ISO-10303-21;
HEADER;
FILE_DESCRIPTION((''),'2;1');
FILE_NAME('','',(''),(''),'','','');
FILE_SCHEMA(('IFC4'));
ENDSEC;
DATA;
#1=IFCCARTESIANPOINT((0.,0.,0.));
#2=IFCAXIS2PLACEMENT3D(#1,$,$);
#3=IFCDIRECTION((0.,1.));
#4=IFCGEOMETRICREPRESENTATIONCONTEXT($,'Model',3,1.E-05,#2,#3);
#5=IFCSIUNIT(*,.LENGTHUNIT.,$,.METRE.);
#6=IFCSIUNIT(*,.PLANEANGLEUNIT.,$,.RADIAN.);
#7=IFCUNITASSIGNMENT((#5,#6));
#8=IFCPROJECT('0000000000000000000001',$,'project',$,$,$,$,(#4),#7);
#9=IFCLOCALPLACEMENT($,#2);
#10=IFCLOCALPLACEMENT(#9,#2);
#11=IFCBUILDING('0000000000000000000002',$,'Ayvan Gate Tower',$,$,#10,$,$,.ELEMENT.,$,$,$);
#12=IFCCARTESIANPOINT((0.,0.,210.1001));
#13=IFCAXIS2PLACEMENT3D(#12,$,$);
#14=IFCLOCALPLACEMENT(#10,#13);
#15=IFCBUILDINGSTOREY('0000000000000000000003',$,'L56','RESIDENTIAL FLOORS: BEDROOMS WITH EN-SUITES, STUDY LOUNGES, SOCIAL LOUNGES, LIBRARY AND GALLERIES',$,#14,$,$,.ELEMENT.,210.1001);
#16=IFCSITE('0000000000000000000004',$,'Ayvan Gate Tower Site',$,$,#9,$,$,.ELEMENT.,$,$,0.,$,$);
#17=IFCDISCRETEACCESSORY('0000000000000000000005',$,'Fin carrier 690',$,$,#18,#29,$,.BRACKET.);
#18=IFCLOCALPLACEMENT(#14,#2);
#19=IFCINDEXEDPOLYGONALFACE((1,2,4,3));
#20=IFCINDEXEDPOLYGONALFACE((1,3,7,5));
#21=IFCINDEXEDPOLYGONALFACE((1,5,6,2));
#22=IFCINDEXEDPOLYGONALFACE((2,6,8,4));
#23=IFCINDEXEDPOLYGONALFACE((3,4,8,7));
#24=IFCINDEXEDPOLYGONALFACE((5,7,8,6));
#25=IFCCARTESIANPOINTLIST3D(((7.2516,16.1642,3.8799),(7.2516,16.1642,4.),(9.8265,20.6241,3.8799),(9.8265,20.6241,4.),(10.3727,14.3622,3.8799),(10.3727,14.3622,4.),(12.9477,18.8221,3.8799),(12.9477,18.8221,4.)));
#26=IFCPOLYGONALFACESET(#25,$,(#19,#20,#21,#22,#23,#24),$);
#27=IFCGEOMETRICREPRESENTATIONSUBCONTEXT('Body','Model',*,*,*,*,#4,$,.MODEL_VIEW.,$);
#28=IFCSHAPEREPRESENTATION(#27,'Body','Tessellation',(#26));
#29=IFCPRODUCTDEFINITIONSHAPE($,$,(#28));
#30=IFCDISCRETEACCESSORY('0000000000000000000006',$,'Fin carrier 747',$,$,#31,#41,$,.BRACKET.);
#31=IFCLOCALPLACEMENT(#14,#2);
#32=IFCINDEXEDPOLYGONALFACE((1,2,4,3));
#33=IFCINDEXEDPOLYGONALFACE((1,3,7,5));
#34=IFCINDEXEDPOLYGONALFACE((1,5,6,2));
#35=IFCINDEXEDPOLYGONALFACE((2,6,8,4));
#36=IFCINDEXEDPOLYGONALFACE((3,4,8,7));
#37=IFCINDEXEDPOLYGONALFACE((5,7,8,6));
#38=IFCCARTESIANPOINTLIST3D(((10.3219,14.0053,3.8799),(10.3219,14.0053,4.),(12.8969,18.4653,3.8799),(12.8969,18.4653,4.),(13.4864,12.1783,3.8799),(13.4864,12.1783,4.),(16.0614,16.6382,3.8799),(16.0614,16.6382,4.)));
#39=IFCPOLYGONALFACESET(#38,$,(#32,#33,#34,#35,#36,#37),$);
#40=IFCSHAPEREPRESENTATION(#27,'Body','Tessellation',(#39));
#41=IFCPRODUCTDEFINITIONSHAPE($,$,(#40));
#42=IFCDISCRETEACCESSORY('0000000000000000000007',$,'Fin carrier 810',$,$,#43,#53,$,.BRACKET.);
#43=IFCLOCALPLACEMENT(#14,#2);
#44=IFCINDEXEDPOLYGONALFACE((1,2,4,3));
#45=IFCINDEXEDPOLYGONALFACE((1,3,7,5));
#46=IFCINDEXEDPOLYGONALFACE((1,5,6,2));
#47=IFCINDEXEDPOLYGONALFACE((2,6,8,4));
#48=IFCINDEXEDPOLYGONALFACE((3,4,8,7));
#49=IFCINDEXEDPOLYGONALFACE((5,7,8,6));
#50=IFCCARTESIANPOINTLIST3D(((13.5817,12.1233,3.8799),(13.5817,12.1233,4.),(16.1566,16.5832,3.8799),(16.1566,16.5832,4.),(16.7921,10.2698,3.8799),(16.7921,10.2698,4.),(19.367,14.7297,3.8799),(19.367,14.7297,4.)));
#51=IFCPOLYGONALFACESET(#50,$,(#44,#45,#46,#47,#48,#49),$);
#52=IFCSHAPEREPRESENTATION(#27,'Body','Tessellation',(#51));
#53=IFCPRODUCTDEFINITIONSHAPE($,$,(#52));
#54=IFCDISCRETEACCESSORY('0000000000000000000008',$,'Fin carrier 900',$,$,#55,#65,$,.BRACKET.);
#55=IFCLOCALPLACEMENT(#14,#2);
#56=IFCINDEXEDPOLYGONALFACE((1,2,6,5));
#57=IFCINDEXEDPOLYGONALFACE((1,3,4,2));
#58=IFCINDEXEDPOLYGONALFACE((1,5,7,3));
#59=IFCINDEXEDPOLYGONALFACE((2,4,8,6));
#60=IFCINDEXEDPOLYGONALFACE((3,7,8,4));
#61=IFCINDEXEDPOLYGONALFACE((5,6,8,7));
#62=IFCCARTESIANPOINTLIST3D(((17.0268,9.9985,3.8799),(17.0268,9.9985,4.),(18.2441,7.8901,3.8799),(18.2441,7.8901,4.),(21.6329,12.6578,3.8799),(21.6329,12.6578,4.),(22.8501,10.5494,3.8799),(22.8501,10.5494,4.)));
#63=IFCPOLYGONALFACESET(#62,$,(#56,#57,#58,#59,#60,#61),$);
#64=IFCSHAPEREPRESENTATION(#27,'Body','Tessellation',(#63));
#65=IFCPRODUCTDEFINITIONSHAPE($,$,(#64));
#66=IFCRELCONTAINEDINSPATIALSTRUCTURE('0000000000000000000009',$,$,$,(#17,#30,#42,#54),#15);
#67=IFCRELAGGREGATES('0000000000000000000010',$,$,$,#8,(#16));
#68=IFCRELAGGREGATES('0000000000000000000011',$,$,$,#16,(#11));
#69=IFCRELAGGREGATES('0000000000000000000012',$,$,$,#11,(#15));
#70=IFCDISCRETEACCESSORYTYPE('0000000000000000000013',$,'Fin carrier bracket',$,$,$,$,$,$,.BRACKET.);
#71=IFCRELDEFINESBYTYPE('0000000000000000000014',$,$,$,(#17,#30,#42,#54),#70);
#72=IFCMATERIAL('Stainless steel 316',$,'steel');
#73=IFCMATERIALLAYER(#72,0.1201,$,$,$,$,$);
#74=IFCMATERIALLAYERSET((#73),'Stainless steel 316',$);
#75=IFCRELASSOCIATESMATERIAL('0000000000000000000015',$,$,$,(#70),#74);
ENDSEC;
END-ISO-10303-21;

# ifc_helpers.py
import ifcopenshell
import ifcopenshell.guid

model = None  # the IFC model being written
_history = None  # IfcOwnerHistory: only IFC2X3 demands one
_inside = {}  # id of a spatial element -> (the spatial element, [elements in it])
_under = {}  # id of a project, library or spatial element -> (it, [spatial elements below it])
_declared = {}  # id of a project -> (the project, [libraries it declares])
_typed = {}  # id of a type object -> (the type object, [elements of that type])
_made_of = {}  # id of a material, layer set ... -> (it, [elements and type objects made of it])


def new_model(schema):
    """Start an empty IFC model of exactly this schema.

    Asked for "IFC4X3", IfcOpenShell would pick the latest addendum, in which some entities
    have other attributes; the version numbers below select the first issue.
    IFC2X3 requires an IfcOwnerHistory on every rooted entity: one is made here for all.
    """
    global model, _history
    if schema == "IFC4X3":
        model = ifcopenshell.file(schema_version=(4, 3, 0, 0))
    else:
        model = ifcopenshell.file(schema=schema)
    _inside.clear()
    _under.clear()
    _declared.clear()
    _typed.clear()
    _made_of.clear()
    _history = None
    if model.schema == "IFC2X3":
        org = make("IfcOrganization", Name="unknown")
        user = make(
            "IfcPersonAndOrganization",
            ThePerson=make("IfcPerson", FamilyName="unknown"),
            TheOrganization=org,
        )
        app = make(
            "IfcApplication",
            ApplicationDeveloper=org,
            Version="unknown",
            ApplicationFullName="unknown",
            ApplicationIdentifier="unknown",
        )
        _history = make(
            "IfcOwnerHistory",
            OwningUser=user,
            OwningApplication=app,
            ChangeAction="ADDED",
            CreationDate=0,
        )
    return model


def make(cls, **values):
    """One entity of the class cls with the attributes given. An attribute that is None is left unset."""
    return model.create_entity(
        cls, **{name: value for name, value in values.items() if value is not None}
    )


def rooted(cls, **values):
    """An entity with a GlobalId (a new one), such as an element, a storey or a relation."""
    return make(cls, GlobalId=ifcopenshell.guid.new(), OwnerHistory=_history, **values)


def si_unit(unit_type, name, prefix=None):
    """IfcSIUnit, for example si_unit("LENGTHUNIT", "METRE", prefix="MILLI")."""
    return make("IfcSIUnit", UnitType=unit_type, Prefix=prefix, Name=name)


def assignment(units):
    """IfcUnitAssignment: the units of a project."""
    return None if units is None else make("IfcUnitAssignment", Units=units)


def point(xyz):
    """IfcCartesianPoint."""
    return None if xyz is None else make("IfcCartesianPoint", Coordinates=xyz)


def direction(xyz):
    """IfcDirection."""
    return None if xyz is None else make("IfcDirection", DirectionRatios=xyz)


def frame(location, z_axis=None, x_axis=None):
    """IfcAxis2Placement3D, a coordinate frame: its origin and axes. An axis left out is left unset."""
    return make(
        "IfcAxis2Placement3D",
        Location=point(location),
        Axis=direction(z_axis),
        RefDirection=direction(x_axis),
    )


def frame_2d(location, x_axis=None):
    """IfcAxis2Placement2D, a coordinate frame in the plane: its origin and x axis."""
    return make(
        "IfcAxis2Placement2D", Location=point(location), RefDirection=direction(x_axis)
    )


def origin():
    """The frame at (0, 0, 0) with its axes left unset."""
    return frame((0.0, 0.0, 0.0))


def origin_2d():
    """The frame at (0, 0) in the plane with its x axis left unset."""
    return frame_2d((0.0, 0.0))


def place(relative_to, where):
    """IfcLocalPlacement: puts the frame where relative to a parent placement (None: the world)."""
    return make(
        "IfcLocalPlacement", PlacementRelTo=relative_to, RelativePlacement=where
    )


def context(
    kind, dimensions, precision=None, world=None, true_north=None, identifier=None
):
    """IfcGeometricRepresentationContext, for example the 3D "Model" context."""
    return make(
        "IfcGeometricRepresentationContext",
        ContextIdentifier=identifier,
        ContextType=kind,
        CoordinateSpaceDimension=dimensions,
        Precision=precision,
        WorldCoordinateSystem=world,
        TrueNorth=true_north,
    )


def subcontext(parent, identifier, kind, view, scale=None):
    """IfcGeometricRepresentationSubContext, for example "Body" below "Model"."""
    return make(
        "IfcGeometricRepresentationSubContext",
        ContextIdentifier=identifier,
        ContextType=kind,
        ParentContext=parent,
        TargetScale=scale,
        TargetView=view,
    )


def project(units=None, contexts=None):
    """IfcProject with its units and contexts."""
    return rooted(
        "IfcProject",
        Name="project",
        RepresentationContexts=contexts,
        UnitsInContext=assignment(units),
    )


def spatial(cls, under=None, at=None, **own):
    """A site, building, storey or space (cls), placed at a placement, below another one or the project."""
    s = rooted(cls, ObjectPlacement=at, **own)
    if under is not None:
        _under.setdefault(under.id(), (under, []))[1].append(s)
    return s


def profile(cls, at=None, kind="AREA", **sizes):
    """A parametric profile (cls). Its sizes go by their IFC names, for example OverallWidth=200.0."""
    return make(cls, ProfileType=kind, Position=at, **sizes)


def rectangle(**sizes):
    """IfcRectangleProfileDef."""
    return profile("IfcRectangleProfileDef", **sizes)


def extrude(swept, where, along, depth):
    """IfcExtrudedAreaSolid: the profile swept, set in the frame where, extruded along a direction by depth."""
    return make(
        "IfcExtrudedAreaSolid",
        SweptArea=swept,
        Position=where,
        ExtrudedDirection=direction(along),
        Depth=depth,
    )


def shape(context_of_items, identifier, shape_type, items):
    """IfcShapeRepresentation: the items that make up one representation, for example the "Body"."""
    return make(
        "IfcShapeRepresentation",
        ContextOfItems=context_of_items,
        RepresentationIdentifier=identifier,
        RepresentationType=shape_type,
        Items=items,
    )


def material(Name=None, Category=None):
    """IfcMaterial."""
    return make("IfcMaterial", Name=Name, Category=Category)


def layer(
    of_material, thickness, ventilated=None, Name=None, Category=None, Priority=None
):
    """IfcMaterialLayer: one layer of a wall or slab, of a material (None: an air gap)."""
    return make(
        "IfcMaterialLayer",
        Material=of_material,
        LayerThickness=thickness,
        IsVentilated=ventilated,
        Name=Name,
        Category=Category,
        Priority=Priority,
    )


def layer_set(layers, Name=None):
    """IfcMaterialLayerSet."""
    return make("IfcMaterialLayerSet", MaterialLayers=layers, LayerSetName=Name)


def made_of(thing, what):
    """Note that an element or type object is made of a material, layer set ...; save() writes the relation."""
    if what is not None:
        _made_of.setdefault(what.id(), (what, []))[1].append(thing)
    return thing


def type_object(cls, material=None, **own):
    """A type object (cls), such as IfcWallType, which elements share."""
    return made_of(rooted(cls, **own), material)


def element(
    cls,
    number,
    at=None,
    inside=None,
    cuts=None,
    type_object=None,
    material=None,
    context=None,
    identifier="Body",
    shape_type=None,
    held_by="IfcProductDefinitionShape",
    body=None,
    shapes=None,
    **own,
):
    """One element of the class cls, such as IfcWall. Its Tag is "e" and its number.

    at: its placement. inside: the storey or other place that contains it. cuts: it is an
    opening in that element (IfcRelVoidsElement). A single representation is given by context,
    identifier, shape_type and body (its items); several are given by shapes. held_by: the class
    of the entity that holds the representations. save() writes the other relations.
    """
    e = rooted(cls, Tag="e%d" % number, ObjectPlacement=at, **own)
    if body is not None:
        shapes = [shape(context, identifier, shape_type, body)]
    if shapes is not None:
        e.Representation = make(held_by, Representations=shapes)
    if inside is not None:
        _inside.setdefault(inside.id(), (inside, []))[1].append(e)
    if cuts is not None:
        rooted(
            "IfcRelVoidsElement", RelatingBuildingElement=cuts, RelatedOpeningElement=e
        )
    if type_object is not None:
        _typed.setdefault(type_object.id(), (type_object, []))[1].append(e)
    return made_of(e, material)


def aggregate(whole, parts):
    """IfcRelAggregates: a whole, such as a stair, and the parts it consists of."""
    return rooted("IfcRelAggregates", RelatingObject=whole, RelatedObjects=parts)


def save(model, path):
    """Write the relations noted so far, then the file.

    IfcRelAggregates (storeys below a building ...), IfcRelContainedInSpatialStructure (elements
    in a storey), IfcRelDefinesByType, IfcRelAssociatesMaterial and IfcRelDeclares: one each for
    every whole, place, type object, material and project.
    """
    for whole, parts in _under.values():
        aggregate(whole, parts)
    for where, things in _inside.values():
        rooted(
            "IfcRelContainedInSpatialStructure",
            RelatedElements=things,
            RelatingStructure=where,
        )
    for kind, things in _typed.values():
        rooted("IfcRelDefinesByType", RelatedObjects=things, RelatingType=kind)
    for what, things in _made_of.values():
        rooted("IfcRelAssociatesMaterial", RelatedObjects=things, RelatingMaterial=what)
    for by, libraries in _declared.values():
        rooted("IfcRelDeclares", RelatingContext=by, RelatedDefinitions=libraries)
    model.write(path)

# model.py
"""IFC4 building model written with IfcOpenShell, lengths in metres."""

from ifc_helpers import new_model, si_unit, direction, frame, origin, origin_2d, place, context, subcontext, project, spatial, rectangle, extrude, material, layer, layer_set, type_object, element, save


model = new_model("IFC4")

# Units and contexts
model_context = context("Model", 3, precision=1e-05, world=origin(), true_north=direction((0.0, 1.0)))
body_context = subcontext(model_context, "Body", "Model", "MODEL_VIEW")
ifc_project = project(units=[si_unit("LENGTHUNIT", "METRE"), si_unit("PLANEANGLEUNIT", "RADIAN")], contexts=[model_context])

# Site, building, storey
site_placement = place(None, origin())
site = spatial("IfcSite", under=ifc_project, at=site_placement, Name="Ayvan Gate Tower Site", CompositionType="ELEMENT", RefElevation=0.0)
building_placement = place(site_placement, origin())
building = spatial("IfcBuilding", under=site, at=building_placement, Name="Ayvan Gate Tower", CompositionType="ELEMENT")
storey_placement = place(building_placement, frame((0.0, 0.0, 210.1001)))
storey = spatial("IfcBuildingStorey", under=building, at=storey_placement, Name="L56", Description="RESIDENTIAL FLOORS: BEDROOMS WITH EN-SUITES, STUDY LOUNGES, SOCIAL LOUNGES, LIBRARY AND GALLERIES", CompositionType="ELEMENT", Elevation=210.1001)

# Discrete accessories
ifc_material_1 = material(Name="Stainless steel 316", Category="steel")
ifc_layer_1 = layer(ifc_material_1, 0.1201)
ifc_layer_set_1 = layer_set([ifc_layer_1], Name="Stainless steel 316")
discrete_accessory_type = type_object("IfcDiscreteAccessoryType", Name="Fin carrier bracket", PredefinedType="BRACKET", material=ifc_layer_set_1)
discrete_accessory_1_placement = place(storey_placement, frame((10.0996, 17.4932, 3.8799), z_axis=(0.0, 0.0, 1.0), x_axis=(-0.866025, 0.5, 0.0)))
element("IfcDiscreteAccessory", 1, at=discrete_accessory_1_placement, inside=storey, type_object=discrete_accessory_type, Name="Fin carrier 690", PredefinedType="BRACKET", context=body_context, shape_type="SweptSolid", body=[
    extrude(rectangle(XDim=3.604, YDim=5.1499, at=origin_2d()), origin(), (0.0, 0.0, 1.0), 0.1201),
])
discrete_accessory_2_placement = place(storey_placement, frame((13.1917, 15.3218, 3.8799), z_axis=(0.0, 0.0, 1.0), x_axis=(-0.866025, 0.5, 0.0)))
element("IfcDiscreteAccessory", 2, at=discrete_accessory_2_placement, inside=storey, type_object=discrete_accessory_type, Name="Fin carrier 747", PredefinedType="BRACKET", context=body_context, shape_type="SweptSolid", body=[
    extrude(rectangle(XDim=3.6541, YDim=5.1499, at=origin_2d()), origin(), (0.0, 0.0, 1.0), 0.1201),
])
discrete_accessory_3_placement = place(storey_placement, frame((16.4744, 13.4265, 3.8799), z_axis=(0.0, 0.0, 1.0), x_axis=(-0.866025, 0.5, 0.0)))
element("IfcDiscreteAccessory", 3, at=discrete_accessory_3_placement, inside=storey, type_object=discrete_accessory_type, Name="Fin carrier 810", PredefinedType="BRACKET", context=body_context, shape_type="SweptSolid", body=[
    extrude(rectangle(XDim=3.707, YDim=5.1499, at=origin_2d()), origin(), (0.0, 0.0, 1.0), 0.1201),
])
discrete_accessory_4_placement = place(storey_placement, frame((19.9385, 10.2739, 3.8799), z_axis=(0.0, 0.0, 1.0), x_axis=(-0.5, 0.866025, 0.0)))
element("IfcDiscreteAccessory", 4, at=discrete_accessory_4_placement, inside=storey, type_object=discrete_accessory_type, Name="Fin carrier 900", PredefinedType="BRACKET", context=body_context, shape_type="SweptSolid", body=[
    extrude(rectangle(XDim=2.4346, YDim=5.3186, at=origin_2d()), origin(), (0.0, 0.0, 1.0), 0.1201),
])

save(model, "model.ifc")
